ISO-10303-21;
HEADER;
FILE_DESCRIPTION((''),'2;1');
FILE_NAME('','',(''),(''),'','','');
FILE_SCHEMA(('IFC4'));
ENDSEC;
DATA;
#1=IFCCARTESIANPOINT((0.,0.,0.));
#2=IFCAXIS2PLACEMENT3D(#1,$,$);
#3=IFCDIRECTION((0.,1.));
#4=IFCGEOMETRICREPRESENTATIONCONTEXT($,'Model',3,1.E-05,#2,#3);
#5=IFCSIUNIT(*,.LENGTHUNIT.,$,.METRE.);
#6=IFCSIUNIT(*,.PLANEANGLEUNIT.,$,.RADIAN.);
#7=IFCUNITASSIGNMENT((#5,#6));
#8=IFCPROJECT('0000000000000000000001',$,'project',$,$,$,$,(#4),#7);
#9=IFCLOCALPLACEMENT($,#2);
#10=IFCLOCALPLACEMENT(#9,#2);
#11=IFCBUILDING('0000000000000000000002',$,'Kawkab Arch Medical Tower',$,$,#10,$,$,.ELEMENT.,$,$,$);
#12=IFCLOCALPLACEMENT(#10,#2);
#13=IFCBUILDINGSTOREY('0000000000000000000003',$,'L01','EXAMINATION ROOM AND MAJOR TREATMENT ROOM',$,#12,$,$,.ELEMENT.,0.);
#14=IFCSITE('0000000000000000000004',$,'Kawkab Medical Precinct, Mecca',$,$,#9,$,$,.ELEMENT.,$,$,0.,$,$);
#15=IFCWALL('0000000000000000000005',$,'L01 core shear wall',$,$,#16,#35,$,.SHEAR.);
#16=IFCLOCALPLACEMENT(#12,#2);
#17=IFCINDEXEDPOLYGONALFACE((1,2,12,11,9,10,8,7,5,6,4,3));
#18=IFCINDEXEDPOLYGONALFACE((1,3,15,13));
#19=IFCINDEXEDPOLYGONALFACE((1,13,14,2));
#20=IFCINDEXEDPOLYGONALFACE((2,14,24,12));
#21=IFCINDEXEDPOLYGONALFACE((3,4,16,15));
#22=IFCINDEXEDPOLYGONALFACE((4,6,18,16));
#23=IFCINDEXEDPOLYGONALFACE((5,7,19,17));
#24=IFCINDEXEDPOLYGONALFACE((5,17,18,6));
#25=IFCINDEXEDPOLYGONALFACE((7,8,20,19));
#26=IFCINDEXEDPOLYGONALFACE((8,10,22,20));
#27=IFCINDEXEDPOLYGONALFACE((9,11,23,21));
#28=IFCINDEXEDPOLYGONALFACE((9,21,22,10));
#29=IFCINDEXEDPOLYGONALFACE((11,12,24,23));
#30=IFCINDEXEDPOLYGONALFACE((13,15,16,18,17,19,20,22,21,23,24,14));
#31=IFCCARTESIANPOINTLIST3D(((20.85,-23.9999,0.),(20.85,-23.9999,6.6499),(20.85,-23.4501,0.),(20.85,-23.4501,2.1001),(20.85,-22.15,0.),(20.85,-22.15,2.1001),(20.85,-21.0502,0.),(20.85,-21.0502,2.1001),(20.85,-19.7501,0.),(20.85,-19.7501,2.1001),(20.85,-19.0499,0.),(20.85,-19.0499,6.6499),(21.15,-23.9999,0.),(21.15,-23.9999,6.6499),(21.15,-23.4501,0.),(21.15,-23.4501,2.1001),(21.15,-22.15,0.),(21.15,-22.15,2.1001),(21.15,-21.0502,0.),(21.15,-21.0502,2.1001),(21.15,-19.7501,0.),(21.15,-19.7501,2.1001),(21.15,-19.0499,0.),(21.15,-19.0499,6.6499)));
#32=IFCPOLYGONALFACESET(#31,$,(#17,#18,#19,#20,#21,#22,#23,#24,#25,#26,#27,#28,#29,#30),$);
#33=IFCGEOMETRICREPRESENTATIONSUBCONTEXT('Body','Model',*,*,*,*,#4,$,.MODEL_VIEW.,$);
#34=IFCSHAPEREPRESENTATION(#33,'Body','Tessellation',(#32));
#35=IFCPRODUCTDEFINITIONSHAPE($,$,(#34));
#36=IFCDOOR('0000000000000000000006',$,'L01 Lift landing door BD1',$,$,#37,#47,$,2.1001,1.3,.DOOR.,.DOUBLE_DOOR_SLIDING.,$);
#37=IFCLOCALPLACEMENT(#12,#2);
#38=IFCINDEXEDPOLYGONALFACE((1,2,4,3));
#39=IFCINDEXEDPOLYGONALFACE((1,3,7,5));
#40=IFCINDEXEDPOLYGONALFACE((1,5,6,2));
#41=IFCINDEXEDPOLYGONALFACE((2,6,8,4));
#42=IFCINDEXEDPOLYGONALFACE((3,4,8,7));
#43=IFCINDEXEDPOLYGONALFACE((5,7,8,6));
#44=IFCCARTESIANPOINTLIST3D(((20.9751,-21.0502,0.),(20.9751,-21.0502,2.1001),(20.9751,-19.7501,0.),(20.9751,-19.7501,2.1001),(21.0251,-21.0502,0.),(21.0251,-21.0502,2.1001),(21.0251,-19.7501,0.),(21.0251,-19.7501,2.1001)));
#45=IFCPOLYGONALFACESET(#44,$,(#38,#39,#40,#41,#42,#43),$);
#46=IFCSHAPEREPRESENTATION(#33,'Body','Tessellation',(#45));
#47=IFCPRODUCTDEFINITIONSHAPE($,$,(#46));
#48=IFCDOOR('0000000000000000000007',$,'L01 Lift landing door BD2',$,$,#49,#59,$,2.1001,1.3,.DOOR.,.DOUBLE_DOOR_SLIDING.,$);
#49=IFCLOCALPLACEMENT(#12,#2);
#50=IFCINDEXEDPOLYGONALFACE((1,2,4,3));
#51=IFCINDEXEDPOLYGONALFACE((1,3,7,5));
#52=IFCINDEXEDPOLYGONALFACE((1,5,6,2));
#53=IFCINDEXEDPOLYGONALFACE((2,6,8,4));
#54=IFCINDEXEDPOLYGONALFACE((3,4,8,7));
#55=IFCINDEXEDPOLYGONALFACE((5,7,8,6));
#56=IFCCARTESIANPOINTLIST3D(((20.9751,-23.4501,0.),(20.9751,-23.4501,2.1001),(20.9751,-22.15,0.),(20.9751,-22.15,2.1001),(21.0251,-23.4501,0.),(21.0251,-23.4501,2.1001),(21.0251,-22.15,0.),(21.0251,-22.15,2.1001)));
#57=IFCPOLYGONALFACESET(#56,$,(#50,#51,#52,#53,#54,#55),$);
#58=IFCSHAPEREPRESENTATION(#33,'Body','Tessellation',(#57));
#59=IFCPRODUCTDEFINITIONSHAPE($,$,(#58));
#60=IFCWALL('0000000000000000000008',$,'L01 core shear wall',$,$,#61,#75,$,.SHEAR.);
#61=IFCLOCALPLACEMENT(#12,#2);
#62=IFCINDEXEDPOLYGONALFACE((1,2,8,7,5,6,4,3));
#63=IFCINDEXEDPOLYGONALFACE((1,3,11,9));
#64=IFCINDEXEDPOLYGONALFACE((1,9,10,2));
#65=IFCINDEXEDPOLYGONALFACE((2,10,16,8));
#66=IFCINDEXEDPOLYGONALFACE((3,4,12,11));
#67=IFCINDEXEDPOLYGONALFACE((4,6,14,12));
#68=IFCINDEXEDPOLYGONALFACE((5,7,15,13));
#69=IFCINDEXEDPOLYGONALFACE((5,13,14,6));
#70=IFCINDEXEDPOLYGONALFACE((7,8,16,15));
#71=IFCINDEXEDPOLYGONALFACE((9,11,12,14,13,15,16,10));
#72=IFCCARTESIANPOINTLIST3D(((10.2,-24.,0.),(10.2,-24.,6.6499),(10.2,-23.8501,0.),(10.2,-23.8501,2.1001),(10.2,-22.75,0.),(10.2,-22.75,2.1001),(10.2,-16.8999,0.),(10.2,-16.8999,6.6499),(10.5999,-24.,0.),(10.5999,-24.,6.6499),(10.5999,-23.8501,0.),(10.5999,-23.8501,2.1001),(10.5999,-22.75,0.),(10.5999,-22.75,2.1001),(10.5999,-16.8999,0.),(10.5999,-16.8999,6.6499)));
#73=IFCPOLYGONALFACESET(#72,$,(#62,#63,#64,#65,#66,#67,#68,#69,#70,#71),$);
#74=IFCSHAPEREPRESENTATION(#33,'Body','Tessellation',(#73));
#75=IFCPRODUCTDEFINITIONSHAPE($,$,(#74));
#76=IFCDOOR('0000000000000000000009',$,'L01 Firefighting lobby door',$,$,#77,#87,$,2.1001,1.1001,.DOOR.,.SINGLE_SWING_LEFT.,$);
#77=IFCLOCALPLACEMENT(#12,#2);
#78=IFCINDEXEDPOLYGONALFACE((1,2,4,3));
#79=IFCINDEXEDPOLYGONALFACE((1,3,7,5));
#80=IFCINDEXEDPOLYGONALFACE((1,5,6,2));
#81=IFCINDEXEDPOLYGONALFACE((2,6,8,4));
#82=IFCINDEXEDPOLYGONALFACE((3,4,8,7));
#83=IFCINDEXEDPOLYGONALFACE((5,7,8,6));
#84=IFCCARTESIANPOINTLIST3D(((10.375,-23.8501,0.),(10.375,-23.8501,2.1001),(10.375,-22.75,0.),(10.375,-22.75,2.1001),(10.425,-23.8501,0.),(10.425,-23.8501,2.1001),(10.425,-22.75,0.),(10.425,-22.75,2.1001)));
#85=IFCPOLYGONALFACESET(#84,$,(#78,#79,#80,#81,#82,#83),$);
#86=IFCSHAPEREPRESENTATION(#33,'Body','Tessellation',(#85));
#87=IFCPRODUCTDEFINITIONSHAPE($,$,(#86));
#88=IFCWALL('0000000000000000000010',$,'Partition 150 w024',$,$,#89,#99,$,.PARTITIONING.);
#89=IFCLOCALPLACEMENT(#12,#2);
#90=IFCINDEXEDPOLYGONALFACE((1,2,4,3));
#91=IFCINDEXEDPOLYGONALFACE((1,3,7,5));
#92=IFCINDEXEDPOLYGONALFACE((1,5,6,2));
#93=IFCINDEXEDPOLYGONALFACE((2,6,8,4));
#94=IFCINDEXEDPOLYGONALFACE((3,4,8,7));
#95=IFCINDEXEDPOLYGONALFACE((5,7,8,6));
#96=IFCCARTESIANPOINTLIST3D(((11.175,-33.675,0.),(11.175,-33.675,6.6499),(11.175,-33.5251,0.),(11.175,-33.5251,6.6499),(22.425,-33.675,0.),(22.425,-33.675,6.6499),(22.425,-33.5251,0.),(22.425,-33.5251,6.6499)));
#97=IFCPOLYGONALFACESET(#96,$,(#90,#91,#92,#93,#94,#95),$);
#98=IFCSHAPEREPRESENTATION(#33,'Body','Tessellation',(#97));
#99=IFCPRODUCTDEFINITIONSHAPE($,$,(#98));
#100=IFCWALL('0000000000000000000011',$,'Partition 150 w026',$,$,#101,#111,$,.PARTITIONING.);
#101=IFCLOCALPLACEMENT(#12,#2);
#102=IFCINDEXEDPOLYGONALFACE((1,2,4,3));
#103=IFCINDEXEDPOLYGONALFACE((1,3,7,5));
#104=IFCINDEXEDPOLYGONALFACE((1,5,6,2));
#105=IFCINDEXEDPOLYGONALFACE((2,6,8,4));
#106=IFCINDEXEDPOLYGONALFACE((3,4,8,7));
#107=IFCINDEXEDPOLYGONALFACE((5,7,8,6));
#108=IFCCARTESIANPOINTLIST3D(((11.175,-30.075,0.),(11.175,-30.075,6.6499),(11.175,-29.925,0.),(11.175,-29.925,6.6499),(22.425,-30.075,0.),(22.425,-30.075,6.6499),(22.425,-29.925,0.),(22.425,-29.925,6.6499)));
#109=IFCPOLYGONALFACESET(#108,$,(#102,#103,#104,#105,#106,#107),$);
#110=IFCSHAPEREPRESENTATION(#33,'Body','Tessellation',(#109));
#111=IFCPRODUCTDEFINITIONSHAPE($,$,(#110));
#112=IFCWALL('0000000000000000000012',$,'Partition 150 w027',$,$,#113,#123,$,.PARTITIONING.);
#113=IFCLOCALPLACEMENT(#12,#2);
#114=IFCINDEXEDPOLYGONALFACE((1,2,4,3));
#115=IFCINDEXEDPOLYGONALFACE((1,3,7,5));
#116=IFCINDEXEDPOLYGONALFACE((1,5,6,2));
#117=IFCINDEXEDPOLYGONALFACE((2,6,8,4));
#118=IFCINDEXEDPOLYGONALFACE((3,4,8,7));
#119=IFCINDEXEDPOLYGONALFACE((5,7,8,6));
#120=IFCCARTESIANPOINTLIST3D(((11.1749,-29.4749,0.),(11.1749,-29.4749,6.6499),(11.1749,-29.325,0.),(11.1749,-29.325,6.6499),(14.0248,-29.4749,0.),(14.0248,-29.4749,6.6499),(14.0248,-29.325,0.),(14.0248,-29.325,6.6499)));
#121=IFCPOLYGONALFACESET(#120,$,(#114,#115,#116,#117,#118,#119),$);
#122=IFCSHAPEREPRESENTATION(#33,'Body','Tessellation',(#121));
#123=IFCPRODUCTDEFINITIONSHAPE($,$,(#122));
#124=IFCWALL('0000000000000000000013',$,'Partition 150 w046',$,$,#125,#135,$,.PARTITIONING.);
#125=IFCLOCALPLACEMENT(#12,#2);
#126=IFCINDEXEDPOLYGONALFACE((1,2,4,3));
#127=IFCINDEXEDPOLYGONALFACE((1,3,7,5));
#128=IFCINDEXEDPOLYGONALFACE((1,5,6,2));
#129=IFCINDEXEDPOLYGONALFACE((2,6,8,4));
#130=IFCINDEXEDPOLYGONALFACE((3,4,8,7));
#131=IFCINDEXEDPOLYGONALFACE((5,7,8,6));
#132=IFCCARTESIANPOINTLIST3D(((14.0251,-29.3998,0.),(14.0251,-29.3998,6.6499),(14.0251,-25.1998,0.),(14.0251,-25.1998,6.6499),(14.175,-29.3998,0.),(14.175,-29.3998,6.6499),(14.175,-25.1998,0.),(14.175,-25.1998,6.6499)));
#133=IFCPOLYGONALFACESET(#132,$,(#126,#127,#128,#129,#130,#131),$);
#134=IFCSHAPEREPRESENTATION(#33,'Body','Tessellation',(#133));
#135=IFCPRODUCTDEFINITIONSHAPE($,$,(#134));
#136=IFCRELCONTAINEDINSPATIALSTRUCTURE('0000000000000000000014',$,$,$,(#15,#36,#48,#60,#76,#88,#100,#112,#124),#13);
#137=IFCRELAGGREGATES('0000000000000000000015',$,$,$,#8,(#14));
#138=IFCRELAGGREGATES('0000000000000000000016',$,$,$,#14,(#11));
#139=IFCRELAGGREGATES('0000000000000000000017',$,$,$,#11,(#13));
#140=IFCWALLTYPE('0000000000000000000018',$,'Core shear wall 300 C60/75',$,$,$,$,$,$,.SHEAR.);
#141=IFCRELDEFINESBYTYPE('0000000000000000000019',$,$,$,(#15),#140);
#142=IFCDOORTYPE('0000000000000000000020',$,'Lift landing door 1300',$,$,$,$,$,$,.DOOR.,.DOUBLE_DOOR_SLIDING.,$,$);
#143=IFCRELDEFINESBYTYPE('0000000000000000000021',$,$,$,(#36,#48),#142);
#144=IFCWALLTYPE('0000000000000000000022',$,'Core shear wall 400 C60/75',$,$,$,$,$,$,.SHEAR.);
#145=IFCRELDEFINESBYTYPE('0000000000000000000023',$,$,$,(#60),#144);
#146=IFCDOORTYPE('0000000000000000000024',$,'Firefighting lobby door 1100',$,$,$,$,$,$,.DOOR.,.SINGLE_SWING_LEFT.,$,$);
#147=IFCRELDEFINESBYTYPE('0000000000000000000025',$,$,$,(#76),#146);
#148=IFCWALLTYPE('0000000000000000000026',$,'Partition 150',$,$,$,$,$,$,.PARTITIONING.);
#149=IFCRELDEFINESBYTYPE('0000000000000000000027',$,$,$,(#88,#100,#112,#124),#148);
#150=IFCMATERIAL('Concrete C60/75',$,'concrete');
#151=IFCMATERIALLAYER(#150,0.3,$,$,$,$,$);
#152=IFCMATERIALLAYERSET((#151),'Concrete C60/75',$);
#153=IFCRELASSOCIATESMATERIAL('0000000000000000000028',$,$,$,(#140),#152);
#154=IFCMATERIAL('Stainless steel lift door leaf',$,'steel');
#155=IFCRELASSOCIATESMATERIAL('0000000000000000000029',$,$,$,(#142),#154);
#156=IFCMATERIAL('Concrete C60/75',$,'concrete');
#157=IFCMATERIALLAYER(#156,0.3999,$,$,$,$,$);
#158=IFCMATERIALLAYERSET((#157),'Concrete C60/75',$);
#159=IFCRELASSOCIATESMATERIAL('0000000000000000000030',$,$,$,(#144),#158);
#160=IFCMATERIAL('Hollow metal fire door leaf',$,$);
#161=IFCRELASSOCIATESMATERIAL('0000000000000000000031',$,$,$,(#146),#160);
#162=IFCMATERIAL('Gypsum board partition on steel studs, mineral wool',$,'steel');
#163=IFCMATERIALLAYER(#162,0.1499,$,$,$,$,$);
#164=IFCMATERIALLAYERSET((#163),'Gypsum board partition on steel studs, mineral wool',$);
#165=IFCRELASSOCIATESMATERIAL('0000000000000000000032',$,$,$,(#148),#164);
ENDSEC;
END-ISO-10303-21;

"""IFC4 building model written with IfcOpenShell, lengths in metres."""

from ifc_helpers import new_model, si_unit, direction, frame, frame_2d, origin, place, context, subcontext, project, spatial, rectangle, extrude, material, layer, layer_set, type_object, element, fill, save


model = new_model("IFC4")

# Units and contexts
model_context = context("Model", 3, precision=1e-05, world=origin(), true_north=direction((0.0, 1.0)))
body_context = subcontext(model_context, "Body", "Model", "MODEL_VIEW")
ifc_project = project(units=[si_unit("LENGTHUNIT", "METRE"), si_unit("PLANEANGLEUNIT", "RADIAN")], contexts=[model_context])

# Site, building, storey
site_placement = place(None, origin())
site = spatial("IfcSite", under=ifc_project, at=site_placement, Name="Kawkab Medical Precinct, Mecca", CompositionType="ELEMENT", RefElevation=0.0)
building_placement = place(site_placement, origin())
building = spatial("IfcBuilding", under=site, at=building_placement, Name="Kawkab Arch Medical Tower", CompositionType="ELEMENT")
storey_placement = place(building_placement, origin())
storey = spatial("IfcBuildingStorey", under=building, at=storey_placement, Name="L01", Description="EXAMINATION ROOM AND MAJOR TREATMENT ROOM", CompositionType="ELEMENT", Elevation=0.0)

# Shared definitions
ifc_material_1 = material(Name="Concrete C60/75", Category="concrete")
ifc_layer_1 = layer(ifc_material_1, 0.3)
ifc_layer_set_1 = layer_set([ifc_layer_1], Name="Concrete C60/75")
wall_type_1 = type_object("IfcWallType", Name="Core shear wall 300 C60/75", PredefinedType="SHEAR", material=ifc_layer_set_1)

# Wall, openings, doors
wall_1_placement = place(storey_placement, frame((21.0, -24.0, 0.0), z_axis=(0.0, 0.0, 1.0), x_axis=(0.0, 1.0, 0.0)))
wall_1 = element("IfcWall", 1, at=wall_1_placement, inside=storey, type_object=wall_type_1, Name="L01 core shear wall", PredefinedType="SHEAR", context=body_context, shape_type="SweptSolid", body=[
    extrude(rectangle(XDim=4.95, YDim=0.3, at=frame_2d((2.4751, 0.0))), origin(), (0.0, 0.0, 1.0), 6.6499),
])
opening_1_placement = place(wall_1_placement, frame((2.95, 0.0, 0.0)))
opening_1 = element("IfcOpeningElement", 2, at=opening_1_placement, cuts=wall_1, PredefinedType="OPENING", context=body_context, shape_type="SweptSolid", body=[
    extrude(rectangle(XDim=1.3, YDim=2.1001, at=frame_2d((0.6499, 1.05))), frame((0.0, 0.1599, 0.0), z_axis=(0.0, -1.0, 0.0), x_axis=(1.0, 0.0, 0.0)), (0.0, 0.0, 1.0), 0.3201),
])
opening_2_placement = place(wall_1_placement, frame((0.55, 0.0, 0.0)))
opening_2 = element("IfcOpeningElement", 3, at=opening_2_placement, cuts=wall_1, PredefinedType="OPENING", context=body_context, shape_type="SweptSolid", body=[
    extrude(rectangle(XDim=1.3, YDim=2.1001, at=frame_2d((0.6499, 1.05))), frame((0.0, 0.1599, 0.0), z_axis=(0.0, -1.0, 0.0), x_axis=(1.0, 0.0, 0.0)), (0.0, 0.0, 1.0), 0.3201),
])
ifc_material_2 = material(Name="Stainless steel lift door leaf", Category="steel")
door_type_1 = type_object("IfcDoorType", Name="Lift landing door 1300", OperationType="DOUBLE_DOOR_SLIDING", PredefinedType="DOOR", material=ifc_material_2)
door_1_placement = place(opening_1_placement, origin())
door_1 = element("IfcDoor", 4, at=door_1_placement, inside=storey, type_object=door_type_1, Name="L01 Lift landing door BD1", OperationType="DOUBLE_DOOR_SLIDING", OverallHeight=2.1001, OverallWidth=1.3, PredefinedType="DOOR", context=body_context, shape_type="SweptSolid", body=[
    extrude(rectangle(XDim=1.3, YDim=2.1001, at=frame_2d((0.6499, 1.05))), frame((0.0, 0.0249, 0.0), z_axis=(0.0, -1.0, 0.0), x_axis=(1.0, 0.0, 0.0)), (0.0, 0.0, 1.0), 0.05),
])
fill(opening_1, door_1)
door_2_placement = place(opening_2_placement, origin())
door_2 = element("IfcDoor", 5, at=door_2_placement, inside=storey, type_object=door_type_1, Name="L01 Lift landing door BD2", OperationType="DOUBLE_DOOR_SLIDING", OverallHeight=2.1001, OverallWidth=1.3, PredefinedType="DOOR", context=body_context, shape_type="SweptSolid", body=[
    extrude(rectangle(XDim=1.3, YDim=2.1001, at=frame_2d((0.6499, 1.05))), frame((0.0, 0.0249, 0.0), z_axis=(0.0, -1.0, 0.0), x_axis=(1.0, 0.0, 0.0)), (0.0, 0.0, 1.0), 0.05),
])
fill(opening_2, door_2)

# Wall, opening, door
ifc_material_3 = material(Name="Concrete C60/75", Category="concrete")
ifc_layer_2 = layer(ifc_material_3, 0.3999)
ifc_layer_set_2 = layer_set([ifc_layer_2], Name="Concrete C60/75")
wall_type_2 = type_object("IfcWallType", Name="Core shear wall 400 C60/75", PredefinedType="SHEAR", material=ifc_layer_set_2)
wall_2_placement = place(storey_placement, frame((10.3999, -24.0, 0.0), z_axis=(0.0, 0.0, 1.0), x_axis=(0.0, 1.0, 0.0)))
wall_2 = element("IfcWall", 6, at=wall_2_placement, inside=storey, type_object=wall_type_2, Name="L01 core shear wall", PredefinedType="SHEAR", context=body_context, shape_type="SweptSolid", body=[
    extrude(rectangle(XDim=7.1001, YDim=0.3999, at=frame_2d((3.55, 0.0))), origin(), (0.0, 0.0, 1.0), 6.6499),
])
opening_3_placement = place(wall_2_placement, frame((0.1499, 0.0, 0.0)))
opening_3 = element("IfcOpeningElement", 7, at=opening_3_placement, cuts=wall_2, PredefinedType="OPENING", context=body_context, shape_type="SweptSolid", body=[
    extrude(rectangle(XDim=1.1001, YDim=2.1001, at=frame_2d((0.55, 1.05))), frame((0.0, 0.21, 0.0), z_axis=(0.0, -1.0, 0.0), x_axis=(1.0, 0.0, 0.0)), (0.0, 0.0, 1.0), 0.4199),
])
ifc_material_4 = material(Name="Hollow metal fire door leaf")
door_type_2 = type_object("IfcDoorType", Name="Firefighting lobby door 1100", OperationType="SINGLE_SWING_LEFT", PredefinedType="DOOR", material=ifc_material_4)
door_3_placement = place(opening_3_placement, origin())
door_3 = element("IfcDoor", 8, at=door_3_placement, inside=storey, type_object=door_type_2, Name="L01 Firefighting lobby door", OperationType="SINGLE_SWING_LEFT", OverallHeight=2.1001, OverallWidth=1.1001, PredefinedType="DOOR", context=body_context, shape_type="SweptSolid", body=[
    extrude(rectangle(XDim=1.1001, YDim=2.1001, at=frame_2d((0.55, 1.05))), frame((0.0, 0.0249, 0.0), z_axis=(0.0, -1.0, 0.0), x_axis=(1.0, 0.0, 0.0)), (0.0, 0.0, 1.0), 0.05),
])
fill(opening_3, door_3)

# Walls
ifc_material_5 = material(Name="Gypsum board partition on steel studs, mineral wool", Category="steel")
ifc_layer_3 = layer(ifc_material_5, 0.1499)
ifc_layer_set_3 = layer_set([ifc_layer_3], Name="Gypsum board partition on steel studs, mineral wool")
wall_type_3 = type_object("IfcWallType", Name="Partition 150", PredefinedType="PARTITIONING", material=ifc_layer_set_3)
for number, where, z_axis, x_axis, name in (
    (9, (11.175, -33.6001, 0.0), (0.0, 0.0, 1.0), (1.0, 0.0, 0.0), "Partition 150 w024"),
    (10, (11.175, -30.0, 0.0), (0.0, 0.0, 1.0), (1.0, 0.0, 0.0), "Partition 150 w026"),
):
    element("IfcWall", number, at=place(storey_placement, frame(where, z_axis=z_axis, x_axis=x_axis)), inside=storey, type_object=wall_type_3, Name=name, PredefinedType="PARTITIONING", context=body_context, shape_type="SweptSolid", body=[
        extrude(rectangle(XDim=11.25, YDim=0.1499, at=frame_2d((5.625, 0.0))), origin(), (0.0, 0.0, 1.0), 6.6499),
    ])
wall_3_placement = place(storey_placement, frame((11.175, -29.3999, 0.0), z_axis=(0.0, 0.0, 1.0), x_axis=(1.0, 0.0, 0.0)))
element("IfcWall", 11, at=wall_3_placement, inside=storey, type_object=wall_type_3, Name="Partition 150 w027", PredefinedType="PARTITIONING", context=body_context, shape_type="SweptSolid", body=[
    extrude(rectangle(XDim=2.8499, YDim=0.1499, at=frame_2d((1.4248, 0.0))), origin(), (0.0, 0.0, 1.0), 6.6499),
])
wall_4_placement = place(storey_placement, frame((14.1001, -29.3999, 0.0), z_axis=(0.0, 0.0, 1.0), x_axis=(0.0, 1.0, 0.0)))
element("IfcWall", 12, at=wall_4_placement, inside=storey, type_object=wall_type_3, Name="Partition 150 w046", PredefinedType="PARTITIONING", context=body_context, shape_type="SweptSolid", body=[
    extrude(rectangle(XDim=4.2, YDim=0.1499, at=frame_2d((2.1001, 0.0))), origin(), (0.0, 0.0, 1.0), 6.6499),
])

save(model, "model.ifc")
